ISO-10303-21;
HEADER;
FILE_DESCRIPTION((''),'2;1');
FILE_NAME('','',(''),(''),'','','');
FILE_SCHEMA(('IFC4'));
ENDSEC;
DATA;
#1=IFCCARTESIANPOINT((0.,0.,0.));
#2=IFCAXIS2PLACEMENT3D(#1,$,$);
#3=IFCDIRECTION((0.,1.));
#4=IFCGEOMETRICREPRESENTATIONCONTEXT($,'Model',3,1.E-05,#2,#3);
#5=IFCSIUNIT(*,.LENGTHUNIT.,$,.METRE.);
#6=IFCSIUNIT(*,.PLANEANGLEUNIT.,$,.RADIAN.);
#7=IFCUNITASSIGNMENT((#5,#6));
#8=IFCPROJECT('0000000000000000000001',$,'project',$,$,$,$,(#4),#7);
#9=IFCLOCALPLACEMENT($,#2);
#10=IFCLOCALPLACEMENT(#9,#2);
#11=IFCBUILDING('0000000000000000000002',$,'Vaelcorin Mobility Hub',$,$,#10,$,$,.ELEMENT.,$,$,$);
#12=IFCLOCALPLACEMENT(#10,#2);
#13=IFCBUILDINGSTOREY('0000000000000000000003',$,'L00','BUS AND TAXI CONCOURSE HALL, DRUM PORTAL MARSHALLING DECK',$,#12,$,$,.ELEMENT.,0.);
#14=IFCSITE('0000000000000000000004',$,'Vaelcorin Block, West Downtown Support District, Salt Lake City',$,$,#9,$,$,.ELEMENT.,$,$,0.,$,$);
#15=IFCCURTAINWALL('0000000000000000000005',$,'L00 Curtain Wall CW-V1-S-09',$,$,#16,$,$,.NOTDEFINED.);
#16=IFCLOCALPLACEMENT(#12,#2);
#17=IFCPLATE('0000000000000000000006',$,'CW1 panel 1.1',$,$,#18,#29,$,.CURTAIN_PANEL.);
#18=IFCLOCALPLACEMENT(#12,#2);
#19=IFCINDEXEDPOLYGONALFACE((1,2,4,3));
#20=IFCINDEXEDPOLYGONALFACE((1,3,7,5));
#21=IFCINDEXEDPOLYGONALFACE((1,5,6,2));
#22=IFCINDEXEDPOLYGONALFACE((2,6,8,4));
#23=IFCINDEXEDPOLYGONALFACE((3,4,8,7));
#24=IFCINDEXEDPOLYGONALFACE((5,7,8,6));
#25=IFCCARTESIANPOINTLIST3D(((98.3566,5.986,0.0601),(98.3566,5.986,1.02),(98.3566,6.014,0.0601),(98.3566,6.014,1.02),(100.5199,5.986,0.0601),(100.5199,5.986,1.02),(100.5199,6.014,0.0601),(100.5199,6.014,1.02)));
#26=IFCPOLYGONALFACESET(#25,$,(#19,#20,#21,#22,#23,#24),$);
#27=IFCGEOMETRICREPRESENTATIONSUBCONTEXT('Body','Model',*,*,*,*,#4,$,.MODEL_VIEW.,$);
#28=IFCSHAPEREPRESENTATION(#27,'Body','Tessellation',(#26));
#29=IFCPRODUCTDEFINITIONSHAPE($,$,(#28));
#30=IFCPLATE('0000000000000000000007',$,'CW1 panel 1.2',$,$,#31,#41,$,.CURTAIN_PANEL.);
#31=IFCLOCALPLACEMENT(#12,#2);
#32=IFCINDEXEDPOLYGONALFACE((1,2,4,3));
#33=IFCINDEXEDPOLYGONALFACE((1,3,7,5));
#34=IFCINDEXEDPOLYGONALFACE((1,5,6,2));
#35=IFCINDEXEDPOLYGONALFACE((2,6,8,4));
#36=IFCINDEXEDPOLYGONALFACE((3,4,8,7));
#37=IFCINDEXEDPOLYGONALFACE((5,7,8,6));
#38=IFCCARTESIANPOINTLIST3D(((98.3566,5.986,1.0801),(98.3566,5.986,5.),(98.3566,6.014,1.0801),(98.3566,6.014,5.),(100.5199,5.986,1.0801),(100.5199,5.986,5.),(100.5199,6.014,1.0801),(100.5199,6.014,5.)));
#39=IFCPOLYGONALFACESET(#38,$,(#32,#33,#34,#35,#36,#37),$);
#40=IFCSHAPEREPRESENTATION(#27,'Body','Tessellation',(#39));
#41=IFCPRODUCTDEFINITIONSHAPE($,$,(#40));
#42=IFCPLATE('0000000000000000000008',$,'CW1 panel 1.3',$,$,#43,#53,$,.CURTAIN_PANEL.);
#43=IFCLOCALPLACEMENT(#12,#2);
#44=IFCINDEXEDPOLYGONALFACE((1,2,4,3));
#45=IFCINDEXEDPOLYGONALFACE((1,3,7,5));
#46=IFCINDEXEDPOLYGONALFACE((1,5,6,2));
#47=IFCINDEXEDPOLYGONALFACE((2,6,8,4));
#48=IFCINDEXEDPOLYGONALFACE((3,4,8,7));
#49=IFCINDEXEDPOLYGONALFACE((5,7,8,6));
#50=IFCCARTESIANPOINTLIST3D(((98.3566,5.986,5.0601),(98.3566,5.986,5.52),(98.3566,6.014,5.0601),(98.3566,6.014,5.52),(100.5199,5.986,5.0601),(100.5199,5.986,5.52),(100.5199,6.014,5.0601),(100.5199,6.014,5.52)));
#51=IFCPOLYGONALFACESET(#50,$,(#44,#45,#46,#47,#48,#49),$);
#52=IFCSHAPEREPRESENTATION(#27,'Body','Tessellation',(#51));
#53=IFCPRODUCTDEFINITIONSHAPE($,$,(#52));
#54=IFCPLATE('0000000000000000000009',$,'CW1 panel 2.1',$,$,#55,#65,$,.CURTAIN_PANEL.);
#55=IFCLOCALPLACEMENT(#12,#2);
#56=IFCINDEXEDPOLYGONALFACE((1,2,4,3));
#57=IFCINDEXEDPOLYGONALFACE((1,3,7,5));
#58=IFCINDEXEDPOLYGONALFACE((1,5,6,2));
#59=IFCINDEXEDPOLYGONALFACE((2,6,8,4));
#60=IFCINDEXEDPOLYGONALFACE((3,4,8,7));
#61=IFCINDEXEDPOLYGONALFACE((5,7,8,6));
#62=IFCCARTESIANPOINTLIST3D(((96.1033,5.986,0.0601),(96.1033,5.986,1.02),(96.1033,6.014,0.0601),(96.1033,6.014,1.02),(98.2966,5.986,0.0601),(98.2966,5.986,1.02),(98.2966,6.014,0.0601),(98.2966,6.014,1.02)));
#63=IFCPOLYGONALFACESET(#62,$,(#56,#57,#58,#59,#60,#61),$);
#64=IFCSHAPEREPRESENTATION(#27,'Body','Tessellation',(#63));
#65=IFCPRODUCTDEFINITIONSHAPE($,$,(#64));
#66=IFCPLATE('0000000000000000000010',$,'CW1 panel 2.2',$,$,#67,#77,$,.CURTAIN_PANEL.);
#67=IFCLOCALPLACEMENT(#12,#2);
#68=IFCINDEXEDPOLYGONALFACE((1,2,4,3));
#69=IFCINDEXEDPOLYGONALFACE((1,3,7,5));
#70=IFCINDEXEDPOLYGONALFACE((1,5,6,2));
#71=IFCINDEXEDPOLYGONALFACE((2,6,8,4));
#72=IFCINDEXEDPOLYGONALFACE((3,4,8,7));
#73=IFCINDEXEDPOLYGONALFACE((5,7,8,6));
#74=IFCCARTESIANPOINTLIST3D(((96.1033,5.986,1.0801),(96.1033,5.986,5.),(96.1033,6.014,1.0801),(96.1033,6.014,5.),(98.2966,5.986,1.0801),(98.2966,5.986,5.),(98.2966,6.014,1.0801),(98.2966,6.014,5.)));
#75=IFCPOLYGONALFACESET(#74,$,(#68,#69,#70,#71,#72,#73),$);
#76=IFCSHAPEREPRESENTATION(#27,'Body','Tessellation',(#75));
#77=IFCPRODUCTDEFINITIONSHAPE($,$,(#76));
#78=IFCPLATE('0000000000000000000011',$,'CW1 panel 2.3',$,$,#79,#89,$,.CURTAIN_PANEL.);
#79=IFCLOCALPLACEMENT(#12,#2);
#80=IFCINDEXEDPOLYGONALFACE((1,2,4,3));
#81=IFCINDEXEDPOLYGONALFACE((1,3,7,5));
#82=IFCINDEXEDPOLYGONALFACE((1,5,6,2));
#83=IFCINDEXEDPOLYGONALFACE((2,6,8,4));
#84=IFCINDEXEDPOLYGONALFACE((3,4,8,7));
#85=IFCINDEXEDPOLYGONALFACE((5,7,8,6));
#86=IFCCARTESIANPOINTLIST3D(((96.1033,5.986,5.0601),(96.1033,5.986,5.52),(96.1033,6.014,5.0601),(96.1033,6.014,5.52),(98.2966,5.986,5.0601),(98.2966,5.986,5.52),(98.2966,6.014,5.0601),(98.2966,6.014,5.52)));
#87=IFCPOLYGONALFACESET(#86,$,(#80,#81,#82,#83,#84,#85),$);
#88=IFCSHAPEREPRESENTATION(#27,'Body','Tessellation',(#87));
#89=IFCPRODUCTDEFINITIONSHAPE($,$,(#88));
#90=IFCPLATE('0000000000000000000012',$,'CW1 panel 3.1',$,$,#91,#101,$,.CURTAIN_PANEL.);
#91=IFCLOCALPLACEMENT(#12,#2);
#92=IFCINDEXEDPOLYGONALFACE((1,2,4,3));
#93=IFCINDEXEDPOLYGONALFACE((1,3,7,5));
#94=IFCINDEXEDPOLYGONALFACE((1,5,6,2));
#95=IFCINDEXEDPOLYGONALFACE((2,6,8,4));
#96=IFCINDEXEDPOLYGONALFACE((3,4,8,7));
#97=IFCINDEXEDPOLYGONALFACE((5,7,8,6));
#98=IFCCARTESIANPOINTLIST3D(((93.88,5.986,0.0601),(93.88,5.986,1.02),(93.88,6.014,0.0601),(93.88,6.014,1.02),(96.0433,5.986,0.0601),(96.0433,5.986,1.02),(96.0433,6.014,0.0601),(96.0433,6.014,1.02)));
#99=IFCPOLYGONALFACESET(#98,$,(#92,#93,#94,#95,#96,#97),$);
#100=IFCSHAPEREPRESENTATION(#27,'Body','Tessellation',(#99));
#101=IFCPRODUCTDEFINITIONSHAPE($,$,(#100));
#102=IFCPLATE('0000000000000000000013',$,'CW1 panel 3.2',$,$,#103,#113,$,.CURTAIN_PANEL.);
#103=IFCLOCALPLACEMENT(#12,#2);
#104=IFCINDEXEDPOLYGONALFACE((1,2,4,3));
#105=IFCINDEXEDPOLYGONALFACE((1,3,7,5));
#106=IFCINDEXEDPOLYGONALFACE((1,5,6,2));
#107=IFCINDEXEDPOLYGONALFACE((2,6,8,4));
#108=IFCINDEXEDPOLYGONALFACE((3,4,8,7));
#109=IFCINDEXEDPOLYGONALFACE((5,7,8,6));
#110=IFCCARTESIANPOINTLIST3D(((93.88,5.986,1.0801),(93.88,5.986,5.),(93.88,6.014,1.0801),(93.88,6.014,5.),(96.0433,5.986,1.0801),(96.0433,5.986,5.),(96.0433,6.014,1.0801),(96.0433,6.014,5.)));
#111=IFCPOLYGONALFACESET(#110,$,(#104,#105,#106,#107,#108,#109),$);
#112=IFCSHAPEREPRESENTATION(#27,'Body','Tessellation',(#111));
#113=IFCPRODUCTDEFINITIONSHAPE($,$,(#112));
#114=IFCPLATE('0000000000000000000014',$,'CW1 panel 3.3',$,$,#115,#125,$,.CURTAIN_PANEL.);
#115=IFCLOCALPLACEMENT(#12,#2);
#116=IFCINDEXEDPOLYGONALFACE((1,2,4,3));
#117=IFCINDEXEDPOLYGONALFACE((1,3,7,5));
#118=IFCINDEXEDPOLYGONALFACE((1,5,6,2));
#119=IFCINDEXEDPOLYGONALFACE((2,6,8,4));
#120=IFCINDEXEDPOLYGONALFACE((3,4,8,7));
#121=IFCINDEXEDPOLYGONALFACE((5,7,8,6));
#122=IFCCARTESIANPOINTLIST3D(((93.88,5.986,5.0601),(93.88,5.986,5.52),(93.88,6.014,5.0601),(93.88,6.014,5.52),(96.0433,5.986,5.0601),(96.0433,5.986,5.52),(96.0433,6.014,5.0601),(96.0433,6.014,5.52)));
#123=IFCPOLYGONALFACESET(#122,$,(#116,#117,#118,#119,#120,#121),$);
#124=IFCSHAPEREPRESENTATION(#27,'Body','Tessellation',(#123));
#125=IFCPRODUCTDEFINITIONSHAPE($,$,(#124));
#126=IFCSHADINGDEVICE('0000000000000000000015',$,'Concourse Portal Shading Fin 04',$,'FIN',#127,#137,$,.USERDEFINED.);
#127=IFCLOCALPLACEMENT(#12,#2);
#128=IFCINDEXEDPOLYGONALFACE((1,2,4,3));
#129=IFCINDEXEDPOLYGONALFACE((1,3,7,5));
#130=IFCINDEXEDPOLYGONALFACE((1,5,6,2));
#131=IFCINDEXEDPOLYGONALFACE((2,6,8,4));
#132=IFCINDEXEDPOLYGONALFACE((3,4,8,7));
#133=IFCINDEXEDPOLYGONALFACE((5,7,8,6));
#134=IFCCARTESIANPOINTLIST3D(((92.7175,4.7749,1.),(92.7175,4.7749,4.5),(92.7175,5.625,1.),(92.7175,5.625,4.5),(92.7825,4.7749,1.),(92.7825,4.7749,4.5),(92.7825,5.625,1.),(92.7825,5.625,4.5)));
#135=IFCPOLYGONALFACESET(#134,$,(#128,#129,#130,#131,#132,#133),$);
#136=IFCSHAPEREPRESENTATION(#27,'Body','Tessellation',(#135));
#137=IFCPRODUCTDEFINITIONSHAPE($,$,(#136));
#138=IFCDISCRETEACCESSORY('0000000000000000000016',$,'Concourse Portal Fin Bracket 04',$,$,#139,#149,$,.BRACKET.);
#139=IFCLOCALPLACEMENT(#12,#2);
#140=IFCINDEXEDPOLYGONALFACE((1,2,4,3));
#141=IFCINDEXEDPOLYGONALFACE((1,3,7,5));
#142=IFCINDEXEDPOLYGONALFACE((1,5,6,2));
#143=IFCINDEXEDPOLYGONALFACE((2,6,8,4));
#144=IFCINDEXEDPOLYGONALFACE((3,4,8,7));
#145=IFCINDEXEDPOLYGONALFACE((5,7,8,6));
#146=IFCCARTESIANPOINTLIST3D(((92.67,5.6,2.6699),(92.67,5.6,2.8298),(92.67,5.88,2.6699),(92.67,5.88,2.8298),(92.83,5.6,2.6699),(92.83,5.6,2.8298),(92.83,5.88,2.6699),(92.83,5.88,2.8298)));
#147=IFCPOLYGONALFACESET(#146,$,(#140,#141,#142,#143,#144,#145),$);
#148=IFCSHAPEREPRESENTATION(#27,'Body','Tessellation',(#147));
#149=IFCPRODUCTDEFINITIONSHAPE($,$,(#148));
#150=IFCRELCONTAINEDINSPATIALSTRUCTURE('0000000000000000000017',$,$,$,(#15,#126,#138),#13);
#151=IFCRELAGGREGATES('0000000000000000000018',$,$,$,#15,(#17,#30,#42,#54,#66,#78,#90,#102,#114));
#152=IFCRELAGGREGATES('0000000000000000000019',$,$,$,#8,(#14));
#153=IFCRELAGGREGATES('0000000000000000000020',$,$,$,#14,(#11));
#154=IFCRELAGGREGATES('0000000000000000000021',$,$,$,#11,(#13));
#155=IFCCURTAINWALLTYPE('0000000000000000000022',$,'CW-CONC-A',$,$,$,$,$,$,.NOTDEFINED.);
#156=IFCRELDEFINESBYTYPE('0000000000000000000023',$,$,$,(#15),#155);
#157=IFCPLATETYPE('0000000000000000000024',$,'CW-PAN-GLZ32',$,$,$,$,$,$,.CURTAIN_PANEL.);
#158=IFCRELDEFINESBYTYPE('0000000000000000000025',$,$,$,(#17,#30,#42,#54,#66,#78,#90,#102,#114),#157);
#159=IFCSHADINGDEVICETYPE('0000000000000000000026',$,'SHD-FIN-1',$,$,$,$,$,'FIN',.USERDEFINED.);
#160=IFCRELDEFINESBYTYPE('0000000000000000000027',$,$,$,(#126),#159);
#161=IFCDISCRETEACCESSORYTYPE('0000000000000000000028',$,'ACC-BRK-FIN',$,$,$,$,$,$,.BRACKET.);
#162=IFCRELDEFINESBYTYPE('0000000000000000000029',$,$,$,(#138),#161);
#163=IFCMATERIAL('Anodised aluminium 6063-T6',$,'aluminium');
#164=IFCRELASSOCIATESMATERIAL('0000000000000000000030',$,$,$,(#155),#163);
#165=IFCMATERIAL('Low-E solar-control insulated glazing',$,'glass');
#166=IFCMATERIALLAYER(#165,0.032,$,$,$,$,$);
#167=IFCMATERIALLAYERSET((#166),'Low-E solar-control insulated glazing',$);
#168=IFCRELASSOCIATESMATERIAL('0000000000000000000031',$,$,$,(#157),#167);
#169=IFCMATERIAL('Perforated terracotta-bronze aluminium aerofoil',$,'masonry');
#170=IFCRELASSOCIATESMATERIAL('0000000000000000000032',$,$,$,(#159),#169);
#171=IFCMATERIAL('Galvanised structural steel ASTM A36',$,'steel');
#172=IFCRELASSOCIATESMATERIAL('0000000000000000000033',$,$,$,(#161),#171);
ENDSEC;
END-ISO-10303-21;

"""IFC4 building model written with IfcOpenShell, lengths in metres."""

from ifc_helpers import new_model, si_unit, direction, frame, origin, origin_2d, place, context, subcontext, project, spatial, rectangle, extrude, material, layer, layer_set, type_object, element, aggregate, save


model = new_model("IFC4")

# Units and contexts
model_context = context("Model", 3, precision=1e-05, world=origin(), true_north=direction((0.0, 1.0)))
body_context = subcontext(model_context, "Body", "Model", "MODEL_VIEW")
ifc_project = project(units=[si_unit("LENGTHUNIT", "METRE"), si_unit("PLANEANGLEUNIT", "RADIAN")], contexts=[model_context])

# Site, building, storey
site_placement = place(None, origin())
site = spatial("IfcSite", under=ifc_project, at=site_placement, Name="Vaelcorin Block, West Downtown Support District, Salt Lake City", CompositionType="ELEMENT", RefElevation=0.0)
building_placement = place(site_placement, origin())
building = spatial("IfcBuilding", under=site, at=building_placement, Name="Vaelcorin Mobility Hub", CompositionType="ELEMENT")
storey_placement = place(building_placement, origin())
storey = spatial("IfcBuildingStorey", under=building, at=storey_placement, Name="L00", Description="BUS AND TAXI CONCOURSE HALL, DRUM PORTAL MARSHALLING DECK", CompositionType="ELEMENT", Elevation=0.0)

# Curtain wall, plates
ifc_material_1 = material(Name="Anodised aluminium 6063-T6", Category="aluminium")
curtain_wall_type = type_object("IfcCurtainWallType", Name="CW-CONC-A", PredefinedType="NOTDEFINED", material=ifc_material_1)
curtain_wall_placement = place(storey_placement, origin())
curtain_wall = element("IfcCurtainWall", 1, at=curtain_wall_placement, inside=storey, type_object=curtain_wall_type, Name="L00 Curtain Wall CW-V1-S-09", PredefinedType="NOTDEFINED")
ifc_material_2 = material(Name="Low-E solar-control insulated glazing", Category="glass")
ifc_layer_1 = layer(ifc_material_2, 0.032)
ifc_layer_set_1 = layer_set([ifc_layer_1], Name="Low-E solar-control insulated glazing")
plate_type = type_object("IfcPlateType", Name="CW-PAN-GLZ32", PredefinedType="CURTAIN_PANEL", material=ifc_layer_set_1)
plate_1_placement = place(storey_placement, frame((99.4382, 6.0, 0.0601), z_axis=(0.0, 0.0, 1.0), x_axis=(-1.0, 0.0, 0.0)))
plate_1 = element("IfcPlate", 2, at=plate_1_placement, type_object=plate_type, Name="CW1 panel 1.1", PredefinedType="CURTAIN_PANEL", context=body_context, shape_type="SweptSolid", body=[
    extrude(rectangle(XDim=2.1633, YDim=0.0281, at=origin_2d()), origin(), (0.0, 0.0, 1.0), 0.96),
])
plate_2_placement = place(storey_placement, frame((99.4382, 6.0, 1.0801), z_axis=(0.0, 0.0, 1.0), x_axis=(-1.0, 0.0, 0.0)))
plate_2 = element("IfcPlate", 3, at=plate_2_placement, type_object=plate_type, Name="CW1 panel 1.2", PredefinedType="CURTAIN_PANEL", context=body_context, shape_type="SweptSolid", body=[
    extrude(rectangle(XDim=2.1633, YDim=0.0281, at=origin_2d()), origin(), (0.0, 0.0, 1.0), 3.9199),
])
plate_3_placement = place(storey_placement, frame((99.4382, 6.0, 5.0601), z_axis=(0.0, 0.0, 1.0), x_axis=(-1.0, 0.0, 0.0)))
plate_3 = element("IfcPlate", 4, at=plate_3_placement, type_object=plate_type, Name="CW1 panel 1.3", PredefinedType="CURTAIN_PANEL", context=body_context, shape_type="SweptSolid", body=[
    extrude(rectangle(XDim=2.1633, YDim=0.0281, at=origin_2d()), origin(), (0.0, 0.0, 1.0), 0.46),
])
plate_4_placement = place(storey_placement, frame((97.2, 6.0, 0.0601), z_axis=(0.0, 0.0, 1.0), x_axis=(-1.0, 0.0, 0.0)))
plate_4 = element("IfcPlate", 5, at=plate_4_placement, type_object=plate_type, Name="CW1 panel 2.1", PredefinedType="CURTAIN_PANEL", context=body_context, shape_type="SweptSolid", body=[
    extrude(rectangle(XDim=2.1934, YDim=0.0281, at=origin_2d()), origin(), (0.0, 0.0, 1.0), 0.96),
])
plate_5_placement = place(storey_placement, frame((97.2, 6.0, 1.0801), z_axis=(0.0, 0.0, 1.0), x_axis=(-1.0, 0.0, 0.0)))
plate_5 = element("IfcPlate", 6, at=plate_5_placement, type_object=plate_type, Name="CW1 panel 2.2", PredefinedType="CURTAIN_PANEL", context=body_context, shape_type="SweptSolid", body=[
    extrude(rectangle(XDim=2.1934, YDim=0.0281, at=origin_2d()), origin(), (0.0, 0.0, 1.0), 3.9199),
])
plate_6_placement = place(storey_placement, frame((97.2, 6.0, 5.0601), z_axis=(0.0, 0.0, 1.0), x_axis=(-1.0, 0.0, 0.0)))
plate_6 = element("IfcPlate", 7, at=plate_6_placement, type_object=plate_type, Name="CW1 panel 2.3", PredefinedType="CURTAIN_PANEL", context=body_context, shape_type="SweptSolid", body=[
    extrude(rectangle(XDim=2.1934, YDim=0.0281, at=origin_2d()), origin(), (0.0, 0.0, 1.0), 0.46),
])
plate_7_placement = place(storey_placement, frame((94.9617, 6.0, 0.0601), z_axis=(0.0, 0.0, 1.0), x_axis=(-1.0, 0.0, 0.0)))
plate_7 = element("IfcPlate", 8, at=plate_7_placement, type_object=plate_type, Name="CW1 panel 3.1", PredefinedType="CURTAIN_PANEL", context=body_context, shape_type="SweptSolid", body=[
    extrude(rectangle(XDim=2.1633, YDim=0.0281, at=origin_2d()), origin(), (0.0, 0.0, 1.0), 0.96),
])
plate_8_placement = place(storey_placement, frame((94.9617, 6.0, 1.0801), z_axis=(0.0, 0.0, 1.0), x_axis=(-1.0, 0.0, 0.0)))
plate_8 = element("IfcPlate", 9, at=plate_8_placement, type_object=plate_type, Name="CW1 panel 3.2", PredefinedType="CURTAIN_PANEL", context=body_context, shape_type="SweptSolid", body=[
    extrude(rectangle(XDim=2.1633, YDim=0.0281, at=origin_2d()), origin(), (0.0, 0.0, 1.0), 3.9199),
])
plate_9_placement = place(storey_placement, frame((94.9617, 6.0, 5.0601), z_axis=(0.0, 0.0, 1.0), x_axis=(-1.0, 0.0, 0.0)))
plate_9 = element("IfcPlate", 10, at=plate_9_placement, type_object=plate_type, Name="CW1 panel 3.3", PredefinedType="CURTAIN_PANEL", context=body_context, shape_type="SweptSolid", body=[
    extrude(rectangle(XDim=2.1633, YDim=0.0281, at=origin_2d()), origin(), (0.0, 0.0, 1.0), 0.46),
])
aggregate(curtain_wall, [plate_1, plate_2, plate_3, plate_4, plate_5, plate_6, plate_7, plate_8, plate_9])

# Shading device
ifc_material_3 = material(Name="Perforated terracotta-bronze aluminium aerofoil", Category="masonry")
shading_device_type = type_object("IfcShadingDeviceType", Name="SHD-FIN-1", ElementType="FIN", PredefinedType="USERDEFINED", material=ifc_material_3)
shading_device_placement = place(storey_placement, frame((92.75, 5.2, 1.0), z_axis=(0.0, 0.0, 1.0), x_axis=(1.0, 0.0, 0.0)))
element("IfcShadingDevice", 11, at=shading_device_placement, inside=storey, type_object=shading_device_type, Name="Concourse Portal Shading Fin 04", ObjectType="FIN", PredefinedType="USERDEFINED", context=body_context, shape_type="SweptSolid", body=[
    extrude(rectangle(XDim=0.0649, YDim=0.8501, at=origin_2d()), origin(), (0.0, 0.0, 1.0), 3.5),
])

# Discrete accessory
ifc_material_4 = material(Name="Galvanised structural steel ASTM A36", Category="steel")
discrete_accessory_type = type_object("IfcDiscreteAccessoryType", Name="ACC-BRK-FIN", PredefinedType="BRACKET", material=ifc_material_4)
discrete_accessory_placement = place(storey_placement, frame((92.75, 5.74, 2.6699), z_axis=(0.0, 0.0, 1.0), x_axis=(1.0, 0.0, 0.0)))
element("IfcDiscreteAccessory", 12, at=discrete_accessory_placement, inside=storey, type_object=discrete_accessory_type, Name="Concourse Portal Fin Bracket 04", PredefinedType="BRACKET", context=body_context, shape_type="SweptSolid", body=[
    extrude(rectangle(XDim=0.1599, YDim=0.28, at=origin_2d()), origin(), (0.0, 0.0, 1.0), 0.1599),
])

save(model, "model.ifc")
